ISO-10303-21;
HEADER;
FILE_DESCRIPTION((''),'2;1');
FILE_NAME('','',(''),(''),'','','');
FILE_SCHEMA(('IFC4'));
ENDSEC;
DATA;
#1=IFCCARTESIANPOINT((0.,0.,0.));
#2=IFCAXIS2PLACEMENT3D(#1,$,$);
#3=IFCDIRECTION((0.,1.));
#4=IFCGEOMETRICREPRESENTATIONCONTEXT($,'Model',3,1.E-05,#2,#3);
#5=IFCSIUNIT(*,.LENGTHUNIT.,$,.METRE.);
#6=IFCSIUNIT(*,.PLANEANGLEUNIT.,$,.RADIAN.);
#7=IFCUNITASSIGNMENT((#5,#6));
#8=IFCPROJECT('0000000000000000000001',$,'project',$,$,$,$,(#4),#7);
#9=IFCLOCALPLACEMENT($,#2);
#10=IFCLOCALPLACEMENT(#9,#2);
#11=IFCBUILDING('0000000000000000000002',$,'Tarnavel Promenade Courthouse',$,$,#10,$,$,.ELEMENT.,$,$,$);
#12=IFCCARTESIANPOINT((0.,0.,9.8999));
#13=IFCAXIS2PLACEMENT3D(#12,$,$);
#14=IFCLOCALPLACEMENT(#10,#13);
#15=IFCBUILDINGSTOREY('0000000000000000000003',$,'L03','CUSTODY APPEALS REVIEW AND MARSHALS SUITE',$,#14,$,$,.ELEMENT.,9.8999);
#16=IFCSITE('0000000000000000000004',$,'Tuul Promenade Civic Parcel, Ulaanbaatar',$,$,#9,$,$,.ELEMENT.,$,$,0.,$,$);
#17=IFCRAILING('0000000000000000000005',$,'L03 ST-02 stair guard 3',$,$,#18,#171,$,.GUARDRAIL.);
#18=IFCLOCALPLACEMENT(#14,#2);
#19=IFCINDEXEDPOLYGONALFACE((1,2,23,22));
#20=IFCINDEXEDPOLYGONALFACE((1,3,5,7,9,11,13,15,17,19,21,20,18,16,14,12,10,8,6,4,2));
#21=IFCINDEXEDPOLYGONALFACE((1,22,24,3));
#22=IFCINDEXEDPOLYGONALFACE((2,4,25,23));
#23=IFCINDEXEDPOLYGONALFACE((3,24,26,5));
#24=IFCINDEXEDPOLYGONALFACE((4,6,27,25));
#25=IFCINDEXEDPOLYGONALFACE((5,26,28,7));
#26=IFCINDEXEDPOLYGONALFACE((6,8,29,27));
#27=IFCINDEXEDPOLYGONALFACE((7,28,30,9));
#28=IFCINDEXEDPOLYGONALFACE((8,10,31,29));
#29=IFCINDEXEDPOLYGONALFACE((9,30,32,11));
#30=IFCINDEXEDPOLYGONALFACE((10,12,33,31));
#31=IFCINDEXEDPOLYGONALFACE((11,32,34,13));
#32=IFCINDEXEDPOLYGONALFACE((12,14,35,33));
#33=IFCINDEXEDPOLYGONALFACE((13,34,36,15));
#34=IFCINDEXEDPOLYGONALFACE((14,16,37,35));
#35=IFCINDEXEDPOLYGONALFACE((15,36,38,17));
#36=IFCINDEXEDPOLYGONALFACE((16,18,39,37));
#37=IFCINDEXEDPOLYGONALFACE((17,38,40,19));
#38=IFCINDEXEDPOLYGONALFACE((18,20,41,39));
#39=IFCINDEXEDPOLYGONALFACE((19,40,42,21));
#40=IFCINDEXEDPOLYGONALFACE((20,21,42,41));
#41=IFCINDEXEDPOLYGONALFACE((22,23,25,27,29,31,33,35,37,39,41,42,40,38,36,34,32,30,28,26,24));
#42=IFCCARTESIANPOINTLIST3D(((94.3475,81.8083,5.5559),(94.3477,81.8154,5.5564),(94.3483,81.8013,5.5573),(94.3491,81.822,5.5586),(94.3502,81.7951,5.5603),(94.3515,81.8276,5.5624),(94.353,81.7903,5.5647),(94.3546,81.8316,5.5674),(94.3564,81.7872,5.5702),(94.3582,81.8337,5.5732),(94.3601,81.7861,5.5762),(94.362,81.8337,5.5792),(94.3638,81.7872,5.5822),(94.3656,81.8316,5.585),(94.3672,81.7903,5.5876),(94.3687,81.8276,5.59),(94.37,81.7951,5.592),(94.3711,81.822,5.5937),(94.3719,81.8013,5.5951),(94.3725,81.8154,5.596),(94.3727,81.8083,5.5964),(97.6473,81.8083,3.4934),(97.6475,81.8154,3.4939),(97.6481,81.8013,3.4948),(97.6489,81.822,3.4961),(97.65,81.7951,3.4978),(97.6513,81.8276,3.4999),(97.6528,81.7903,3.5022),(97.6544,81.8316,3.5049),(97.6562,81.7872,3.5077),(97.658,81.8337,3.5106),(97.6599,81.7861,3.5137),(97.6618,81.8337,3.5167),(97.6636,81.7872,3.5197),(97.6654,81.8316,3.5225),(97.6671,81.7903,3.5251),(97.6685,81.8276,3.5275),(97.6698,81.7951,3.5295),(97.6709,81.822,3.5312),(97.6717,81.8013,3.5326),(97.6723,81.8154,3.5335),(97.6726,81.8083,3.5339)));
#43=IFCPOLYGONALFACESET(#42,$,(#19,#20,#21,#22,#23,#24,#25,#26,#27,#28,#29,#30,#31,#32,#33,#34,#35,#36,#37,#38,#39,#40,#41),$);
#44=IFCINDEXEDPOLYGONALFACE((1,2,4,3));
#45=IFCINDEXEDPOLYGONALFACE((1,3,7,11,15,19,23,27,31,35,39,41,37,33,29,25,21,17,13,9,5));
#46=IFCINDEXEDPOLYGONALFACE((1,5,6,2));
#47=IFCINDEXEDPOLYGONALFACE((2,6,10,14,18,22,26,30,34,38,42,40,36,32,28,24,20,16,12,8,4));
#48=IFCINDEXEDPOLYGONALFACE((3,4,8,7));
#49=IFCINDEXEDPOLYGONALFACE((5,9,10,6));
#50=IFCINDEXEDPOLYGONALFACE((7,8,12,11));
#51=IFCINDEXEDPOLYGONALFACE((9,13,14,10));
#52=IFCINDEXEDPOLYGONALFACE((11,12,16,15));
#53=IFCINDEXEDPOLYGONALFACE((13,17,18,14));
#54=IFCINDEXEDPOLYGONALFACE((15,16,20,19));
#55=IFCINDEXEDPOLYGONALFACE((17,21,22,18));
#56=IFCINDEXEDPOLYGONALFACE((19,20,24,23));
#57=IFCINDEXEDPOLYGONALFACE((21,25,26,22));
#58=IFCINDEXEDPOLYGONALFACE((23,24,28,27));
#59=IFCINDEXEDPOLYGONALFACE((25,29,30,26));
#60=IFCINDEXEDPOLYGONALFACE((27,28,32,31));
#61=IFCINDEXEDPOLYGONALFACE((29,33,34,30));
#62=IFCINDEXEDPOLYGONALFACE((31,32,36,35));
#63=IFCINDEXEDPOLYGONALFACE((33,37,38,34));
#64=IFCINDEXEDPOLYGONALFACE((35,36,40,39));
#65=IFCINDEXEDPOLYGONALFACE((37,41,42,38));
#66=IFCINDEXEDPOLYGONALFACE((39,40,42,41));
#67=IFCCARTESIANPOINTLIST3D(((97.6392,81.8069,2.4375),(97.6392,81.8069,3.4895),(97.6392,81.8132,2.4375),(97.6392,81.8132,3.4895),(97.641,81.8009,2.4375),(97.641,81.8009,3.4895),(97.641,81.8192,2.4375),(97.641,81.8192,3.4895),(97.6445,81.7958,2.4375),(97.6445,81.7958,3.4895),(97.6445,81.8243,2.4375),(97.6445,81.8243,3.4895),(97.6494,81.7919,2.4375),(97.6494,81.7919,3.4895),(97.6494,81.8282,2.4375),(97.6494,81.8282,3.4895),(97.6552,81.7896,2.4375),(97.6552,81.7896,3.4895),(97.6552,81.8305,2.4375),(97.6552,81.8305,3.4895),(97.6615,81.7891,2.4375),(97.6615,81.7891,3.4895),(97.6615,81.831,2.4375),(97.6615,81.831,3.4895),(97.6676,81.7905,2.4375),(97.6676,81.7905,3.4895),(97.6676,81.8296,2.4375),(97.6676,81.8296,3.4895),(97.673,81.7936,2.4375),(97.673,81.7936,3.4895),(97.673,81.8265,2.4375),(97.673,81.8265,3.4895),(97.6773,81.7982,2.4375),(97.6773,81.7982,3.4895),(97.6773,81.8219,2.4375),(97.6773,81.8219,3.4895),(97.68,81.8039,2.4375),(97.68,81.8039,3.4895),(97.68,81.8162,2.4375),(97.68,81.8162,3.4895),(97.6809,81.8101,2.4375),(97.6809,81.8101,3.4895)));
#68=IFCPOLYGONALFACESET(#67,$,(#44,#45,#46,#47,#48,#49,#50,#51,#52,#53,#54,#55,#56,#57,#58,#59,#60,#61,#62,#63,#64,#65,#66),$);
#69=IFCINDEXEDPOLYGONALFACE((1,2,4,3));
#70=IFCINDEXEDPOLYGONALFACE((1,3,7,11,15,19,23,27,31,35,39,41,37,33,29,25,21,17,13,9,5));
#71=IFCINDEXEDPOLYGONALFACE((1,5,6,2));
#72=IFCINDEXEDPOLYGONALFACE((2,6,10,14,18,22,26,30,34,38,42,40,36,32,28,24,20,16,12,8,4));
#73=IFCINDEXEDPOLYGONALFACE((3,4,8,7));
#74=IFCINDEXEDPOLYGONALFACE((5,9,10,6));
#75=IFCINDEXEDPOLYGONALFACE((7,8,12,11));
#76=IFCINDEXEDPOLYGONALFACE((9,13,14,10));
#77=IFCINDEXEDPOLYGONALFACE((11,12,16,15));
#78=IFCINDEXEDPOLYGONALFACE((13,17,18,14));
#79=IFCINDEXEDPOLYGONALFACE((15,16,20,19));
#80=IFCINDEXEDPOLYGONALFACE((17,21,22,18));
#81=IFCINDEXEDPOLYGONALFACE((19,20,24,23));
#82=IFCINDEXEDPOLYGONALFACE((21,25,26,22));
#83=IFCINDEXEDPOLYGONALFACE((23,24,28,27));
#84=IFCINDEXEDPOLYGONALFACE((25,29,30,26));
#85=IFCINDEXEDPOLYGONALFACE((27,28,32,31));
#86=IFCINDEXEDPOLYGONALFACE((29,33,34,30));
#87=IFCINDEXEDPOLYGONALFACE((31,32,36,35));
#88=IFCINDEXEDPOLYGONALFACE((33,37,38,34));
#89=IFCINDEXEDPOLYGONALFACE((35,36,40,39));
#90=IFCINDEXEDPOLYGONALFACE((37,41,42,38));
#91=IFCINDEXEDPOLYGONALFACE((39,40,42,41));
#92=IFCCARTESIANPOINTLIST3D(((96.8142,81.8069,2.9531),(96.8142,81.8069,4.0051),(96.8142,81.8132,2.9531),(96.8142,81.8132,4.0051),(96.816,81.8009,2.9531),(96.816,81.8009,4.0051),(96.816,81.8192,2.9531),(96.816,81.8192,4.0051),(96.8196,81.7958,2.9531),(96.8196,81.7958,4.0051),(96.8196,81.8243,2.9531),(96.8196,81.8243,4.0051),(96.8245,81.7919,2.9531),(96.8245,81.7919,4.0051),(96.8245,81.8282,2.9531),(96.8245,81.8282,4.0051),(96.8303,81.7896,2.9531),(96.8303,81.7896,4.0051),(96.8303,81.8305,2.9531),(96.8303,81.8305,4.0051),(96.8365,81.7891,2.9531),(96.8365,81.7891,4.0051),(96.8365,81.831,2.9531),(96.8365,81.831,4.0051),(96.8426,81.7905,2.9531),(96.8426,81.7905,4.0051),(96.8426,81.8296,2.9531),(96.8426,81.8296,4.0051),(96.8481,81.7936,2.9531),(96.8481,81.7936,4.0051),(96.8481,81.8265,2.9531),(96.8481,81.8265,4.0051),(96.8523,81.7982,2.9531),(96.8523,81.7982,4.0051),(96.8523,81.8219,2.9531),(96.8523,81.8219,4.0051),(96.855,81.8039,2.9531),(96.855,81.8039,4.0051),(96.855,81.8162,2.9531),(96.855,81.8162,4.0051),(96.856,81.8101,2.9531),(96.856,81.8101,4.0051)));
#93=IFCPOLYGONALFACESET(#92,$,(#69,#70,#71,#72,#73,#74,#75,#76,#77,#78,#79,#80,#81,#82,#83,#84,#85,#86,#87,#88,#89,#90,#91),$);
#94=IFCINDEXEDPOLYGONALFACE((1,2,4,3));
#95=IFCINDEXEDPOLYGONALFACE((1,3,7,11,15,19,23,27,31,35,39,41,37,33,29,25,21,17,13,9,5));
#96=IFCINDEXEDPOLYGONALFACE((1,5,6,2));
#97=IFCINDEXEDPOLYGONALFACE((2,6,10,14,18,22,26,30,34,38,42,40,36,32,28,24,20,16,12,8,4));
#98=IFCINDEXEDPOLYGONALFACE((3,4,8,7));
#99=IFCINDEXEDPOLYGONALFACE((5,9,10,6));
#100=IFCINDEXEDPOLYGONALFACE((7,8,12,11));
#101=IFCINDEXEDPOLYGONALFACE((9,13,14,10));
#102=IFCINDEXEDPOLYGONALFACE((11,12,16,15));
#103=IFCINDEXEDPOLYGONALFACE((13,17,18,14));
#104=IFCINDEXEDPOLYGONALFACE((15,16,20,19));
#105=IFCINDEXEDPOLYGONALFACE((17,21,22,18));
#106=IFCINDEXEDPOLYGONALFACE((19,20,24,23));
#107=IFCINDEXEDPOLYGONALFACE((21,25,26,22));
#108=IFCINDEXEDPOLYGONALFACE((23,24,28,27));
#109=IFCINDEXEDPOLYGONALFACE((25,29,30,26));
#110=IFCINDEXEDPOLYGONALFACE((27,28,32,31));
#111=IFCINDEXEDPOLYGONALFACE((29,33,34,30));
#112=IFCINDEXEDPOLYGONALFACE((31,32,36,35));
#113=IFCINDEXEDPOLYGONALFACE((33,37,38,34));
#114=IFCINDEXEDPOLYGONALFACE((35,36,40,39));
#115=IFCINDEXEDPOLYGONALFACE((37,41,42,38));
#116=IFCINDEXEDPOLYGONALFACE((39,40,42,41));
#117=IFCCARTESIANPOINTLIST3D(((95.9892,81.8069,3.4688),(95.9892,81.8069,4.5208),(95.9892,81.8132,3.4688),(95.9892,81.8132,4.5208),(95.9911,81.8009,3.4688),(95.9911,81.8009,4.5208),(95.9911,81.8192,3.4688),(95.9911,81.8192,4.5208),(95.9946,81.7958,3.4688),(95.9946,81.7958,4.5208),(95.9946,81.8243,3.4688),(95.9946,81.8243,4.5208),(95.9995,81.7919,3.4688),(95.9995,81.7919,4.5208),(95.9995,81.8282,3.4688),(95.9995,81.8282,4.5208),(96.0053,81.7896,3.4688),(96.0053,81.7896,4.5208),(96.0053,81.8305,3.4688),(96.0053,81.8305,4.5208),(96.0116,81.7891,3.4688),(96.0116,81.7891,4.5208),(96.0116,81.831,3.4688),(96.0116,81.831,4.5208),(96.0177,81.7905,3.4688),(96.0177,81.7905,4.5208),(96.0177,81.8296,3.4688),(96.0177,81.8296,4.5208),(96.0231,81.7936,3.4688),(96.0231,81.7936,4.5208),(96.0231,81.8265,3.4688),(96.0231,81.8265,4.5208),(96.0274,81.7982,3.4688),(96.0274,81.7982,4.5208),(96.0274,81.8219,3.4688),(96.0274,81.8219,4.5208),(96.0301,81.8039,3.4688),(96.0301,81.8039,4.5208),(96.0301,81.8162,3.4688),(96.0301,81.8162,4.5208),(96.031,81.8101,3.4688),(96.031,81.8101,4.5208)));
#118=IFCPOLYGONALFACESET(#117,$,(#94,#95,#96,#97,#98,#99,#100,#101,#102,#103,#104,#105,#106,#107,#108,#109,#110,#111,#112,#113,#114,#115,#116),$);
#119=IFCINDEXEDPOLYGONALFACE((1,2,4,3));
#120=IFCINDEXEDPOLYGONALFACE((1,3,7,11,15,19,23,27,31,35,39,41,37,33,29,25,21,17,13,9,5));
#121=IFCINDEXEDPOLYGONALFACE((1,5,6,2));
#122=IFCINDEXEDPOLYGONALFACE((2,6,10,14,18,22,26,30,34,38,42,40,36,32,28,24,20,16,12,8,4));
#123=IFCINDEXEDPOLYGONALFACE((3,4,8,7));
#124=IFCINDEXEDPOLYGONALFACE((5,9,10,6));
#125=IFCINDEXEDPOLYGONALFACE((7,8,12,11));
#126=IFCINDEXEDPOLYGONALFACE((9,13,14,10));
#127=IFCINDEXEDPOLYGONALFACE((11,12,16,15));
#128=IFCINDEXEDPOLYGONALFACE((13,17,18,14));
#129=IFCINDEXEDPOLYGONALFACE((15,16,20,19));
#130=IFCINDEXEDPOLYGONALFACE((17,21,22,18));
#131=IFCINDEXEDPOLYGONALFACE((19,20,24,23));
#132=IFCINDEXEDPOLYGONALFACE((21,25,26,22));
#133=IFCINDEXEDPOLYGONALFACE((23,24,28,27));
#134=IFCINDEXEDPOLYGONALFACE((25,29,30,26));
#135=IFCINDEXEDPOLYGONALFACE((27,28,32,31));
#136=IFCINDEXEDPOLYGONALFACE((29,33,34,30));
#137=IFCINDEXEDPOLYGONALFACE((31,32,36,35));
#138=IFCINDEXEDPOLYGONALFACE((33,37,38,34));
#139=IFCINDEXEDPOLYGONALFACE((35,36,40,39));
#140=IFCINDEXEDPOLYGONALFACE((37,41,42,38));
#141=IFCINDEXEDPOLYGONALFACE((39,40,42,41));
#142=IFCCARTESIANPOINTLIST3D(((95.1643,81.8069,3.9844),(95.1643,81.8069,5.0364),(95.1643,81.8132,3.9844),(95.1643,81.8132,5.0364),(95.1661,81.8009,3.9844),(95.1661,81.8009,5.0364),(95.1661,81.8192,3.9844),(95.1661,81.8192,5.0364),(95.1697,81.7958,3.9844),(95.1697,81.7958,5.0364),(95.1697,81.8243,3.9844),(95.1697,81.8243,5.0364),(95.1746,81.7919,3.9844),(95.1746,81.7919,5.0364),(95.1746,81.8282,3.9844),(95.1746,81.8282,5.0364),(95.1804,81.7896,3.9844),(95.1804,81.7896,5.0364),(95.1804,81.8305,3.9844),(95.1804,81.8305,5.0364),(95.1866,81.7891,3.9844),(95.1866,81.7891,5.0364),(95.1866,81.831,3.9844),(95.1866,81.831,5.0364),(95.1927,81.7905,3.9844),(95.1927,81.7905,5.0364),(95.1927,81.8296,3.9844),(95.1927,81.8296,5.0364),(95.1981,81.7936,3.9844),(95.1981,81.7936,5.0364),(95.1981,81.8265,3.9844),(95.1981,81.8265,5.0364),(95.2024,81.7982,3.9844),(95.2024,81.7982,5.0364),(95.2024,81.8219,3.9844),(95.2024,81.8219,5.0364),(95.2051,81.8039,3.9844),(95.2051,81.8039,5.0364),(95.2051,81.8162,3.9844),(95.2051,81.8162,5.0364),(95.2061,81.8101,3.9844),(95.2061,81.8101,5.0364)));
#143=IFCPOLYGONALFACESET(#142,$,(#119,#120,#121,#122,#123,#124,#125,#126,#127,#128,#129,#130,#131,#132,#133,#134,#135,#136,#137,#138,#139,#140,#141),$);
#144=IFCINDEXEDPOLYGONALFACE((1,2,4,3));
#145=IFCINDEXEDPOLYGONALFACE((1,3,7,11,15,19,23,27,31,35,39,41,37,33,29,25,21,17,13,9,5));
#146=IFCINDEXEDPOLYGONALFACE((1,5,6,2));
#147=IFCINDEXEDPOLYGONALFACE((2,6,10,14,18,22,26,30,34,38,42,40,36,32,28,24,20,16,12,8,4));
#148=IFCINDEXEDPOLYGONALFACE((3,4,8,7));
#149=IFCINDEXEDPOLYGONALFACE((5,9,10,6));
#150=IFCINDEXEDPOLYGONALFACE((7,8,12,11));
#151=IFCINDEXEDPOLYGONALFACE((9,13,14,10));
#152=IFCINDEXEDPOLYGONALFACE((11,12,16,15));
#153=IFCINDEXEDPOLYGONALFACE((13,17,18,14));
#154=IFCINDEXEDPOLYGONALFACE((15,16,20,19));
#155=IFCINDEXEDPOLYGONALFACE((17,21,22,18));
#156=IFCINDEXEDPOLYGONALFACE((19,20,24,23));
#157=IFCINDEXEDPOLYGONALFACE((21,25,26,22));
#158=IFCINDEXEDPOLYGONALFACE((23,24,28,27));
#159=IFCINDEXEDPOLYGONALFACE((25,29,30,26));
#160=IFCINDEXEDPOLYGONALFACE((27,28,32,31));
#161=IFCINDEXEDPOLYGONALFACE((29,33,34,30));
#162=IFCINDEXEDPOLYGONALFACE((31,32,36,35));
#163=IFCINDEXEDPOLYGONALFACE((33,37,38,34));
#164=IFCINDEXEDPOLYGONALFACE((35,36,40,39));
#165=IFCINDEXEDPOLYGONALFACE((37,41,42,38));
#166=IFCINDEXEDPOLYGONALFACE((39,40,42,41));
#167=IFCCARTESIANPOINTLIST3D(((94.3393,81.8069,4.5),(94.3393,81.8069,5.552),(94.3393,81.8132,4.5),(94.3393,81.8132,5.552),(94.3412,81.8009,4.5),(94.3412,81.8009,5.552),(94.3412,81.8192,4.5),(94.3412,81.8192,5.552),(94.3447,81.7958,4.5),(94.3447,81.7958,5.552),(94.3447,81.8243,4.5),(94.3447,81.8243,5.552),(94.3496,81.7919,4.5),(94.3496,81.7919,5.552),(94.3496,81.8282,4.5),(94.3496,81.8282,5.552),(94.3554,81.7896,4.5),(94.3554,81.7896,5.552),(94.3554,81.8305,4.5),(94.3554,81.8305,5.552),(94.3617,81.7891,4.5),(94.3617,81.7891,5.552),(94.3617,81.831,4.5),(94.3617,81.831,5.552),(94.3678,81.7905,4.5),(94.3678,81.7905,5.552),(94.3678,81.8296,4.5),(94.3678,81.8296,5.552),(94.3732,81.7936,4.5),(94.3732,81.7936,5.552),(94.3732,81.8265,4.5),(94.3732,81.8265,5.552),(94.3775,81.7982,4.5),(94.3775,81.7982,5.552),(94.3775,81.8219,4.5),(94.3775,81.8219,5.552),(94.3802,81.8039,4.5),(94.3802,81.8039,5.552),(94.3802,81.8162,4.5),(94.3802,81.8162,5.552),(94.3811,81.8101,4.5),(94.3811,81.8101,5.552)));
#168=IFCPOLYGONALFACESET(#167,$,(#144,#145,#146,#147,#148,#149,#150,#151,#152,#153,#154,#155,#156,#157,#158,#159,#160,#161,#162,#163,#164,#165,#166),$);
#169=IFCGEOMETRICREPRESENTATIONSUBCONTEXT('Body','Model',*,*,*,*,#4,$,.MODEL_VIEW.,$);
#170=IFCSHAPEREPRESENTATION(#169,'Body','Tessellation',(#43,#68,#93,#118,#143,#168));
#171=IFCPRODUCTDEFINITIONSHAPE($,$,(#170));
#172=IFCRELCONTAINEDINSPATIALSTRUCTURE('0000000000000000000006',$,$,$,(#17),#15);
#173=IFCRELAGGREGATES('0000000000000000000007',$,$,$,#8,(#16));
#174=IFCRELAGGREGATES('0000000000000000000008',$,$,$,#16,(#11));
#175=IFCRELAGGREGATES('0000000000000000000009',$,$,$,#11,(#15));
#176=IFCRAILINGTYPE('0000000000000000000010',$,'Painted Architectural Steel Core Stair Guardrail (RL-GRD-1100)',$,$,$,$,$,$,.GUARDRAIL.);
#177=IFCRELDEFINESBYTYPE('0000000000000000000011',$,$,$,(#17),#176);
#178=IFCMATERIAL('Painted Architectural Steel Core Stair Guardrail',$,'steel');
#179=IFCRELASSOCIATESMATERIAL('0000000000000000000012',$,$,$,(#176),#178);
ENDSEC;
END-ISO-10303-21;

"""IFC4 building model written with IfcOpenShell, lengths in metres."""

from ifc_helpers import new_model, si_unit, direction, frame, origin, origin_2d, place, context, subcontext, project, spatial, circle, extrude, material, type_object, element, save


model = new_model("IFC4")

# Units and contexts
model_context = context("Model", 3, precision=1e-05, world=origin(), true_north=direction((0.0, 1.0)))
body_context = subcontext(model_context, "Body", "Model", "MODEL_VIEW")
ifc_project = project(units=[si_unit("LENGTHUNIT", "METRE"), si_unit("PLANEANGLEUNIT", "RADIAN")], contexts=[model_context])

# Site, building, storey
site_placement = place(None, origin())
site = spatial("IfcSite", under=ifc_project, at=site_placement, Name="Tuul Promenade Civic Parcel, Ulaanbaatar", CompositionType="ELEMENT", RefElevation=0.0)
building_placement = place(site_placement, origin())
building = spatial("IfcBuilding", under=site, at=building_placement, Name="Tarnavel Promenade Courthouse", CompositionType="ELEMENT")
storey_placement = place(building_placement, frame((0.0, 0.0, 9.8999)))
storey = spatial("IfcBuildingStorey", under=building, at=storey_placement, Name="L03", Description="CUSTODY APPEALS REVIEW AND MARSHALS SUITE", CompositionType="ELEMENT", Elevation=9.8999)

# Railing
ifc_material_1 = material(Name="Painted Architectural Steel Core Stair Guardrail", Category="steel")
railing_type_1 = type_object("IfcRailingType", Name="Painted Architectural Steel Core Stair Guardrail (RL-GRD-1100)", PredefinedType="GUARDRAIL", material=ifc_material_1)
railing_1_placement = place(storey_placement, frame((97.6599, 81.8101, 2.4375)))
element("IfcRailing", 1, at=railing_1_placement, inside=storey, type_object=railing_type_1, Name="L03 ST-02 stair guard 3", PredefinedType="GUARDRAIL", context=body_context, shape_type="SweptSolid", body=[
    extrude(circle(Radius=0.0239, at=origin_2d()), frame((0.0, 0.0, 1.0762), z_axis=(-0.847984, 0.0, 0.530021), x_axis=(0.0, -1.0, 0.0)), (0.0, 0.0, 1.0), 3.8914),
    extrude(circle(Radius=0.021, at=origin_2d()), origin(), (0.0, 0.0, 1.0), 1.052),
    extrude(circle(Radius=0.021, at=origin_2d()), frame((-0.825, 0.0, 0.5156)), (0.0, 0.0, 1.0), 1.052),
    extrude(circle(Radius=0.021, at=origin_2d()), frame((-1.6499, 0.0, 1.0312)), (0.0, 0.0, 1.0), 1.052),
    extrude(circle(Radius=0.021, at=origin_2d()), frame((-2.4749, 0.0, 1.5469)), (0.0, 0.0, 1.0), 1.052),
    extrude(circle(Radius=0.021, at=origin_2d()), frame((-3.2998, 0.0, 2.0625)), (0.0, 0.0, 1.0), 1.052),
])

save(model, "model.ifc")
